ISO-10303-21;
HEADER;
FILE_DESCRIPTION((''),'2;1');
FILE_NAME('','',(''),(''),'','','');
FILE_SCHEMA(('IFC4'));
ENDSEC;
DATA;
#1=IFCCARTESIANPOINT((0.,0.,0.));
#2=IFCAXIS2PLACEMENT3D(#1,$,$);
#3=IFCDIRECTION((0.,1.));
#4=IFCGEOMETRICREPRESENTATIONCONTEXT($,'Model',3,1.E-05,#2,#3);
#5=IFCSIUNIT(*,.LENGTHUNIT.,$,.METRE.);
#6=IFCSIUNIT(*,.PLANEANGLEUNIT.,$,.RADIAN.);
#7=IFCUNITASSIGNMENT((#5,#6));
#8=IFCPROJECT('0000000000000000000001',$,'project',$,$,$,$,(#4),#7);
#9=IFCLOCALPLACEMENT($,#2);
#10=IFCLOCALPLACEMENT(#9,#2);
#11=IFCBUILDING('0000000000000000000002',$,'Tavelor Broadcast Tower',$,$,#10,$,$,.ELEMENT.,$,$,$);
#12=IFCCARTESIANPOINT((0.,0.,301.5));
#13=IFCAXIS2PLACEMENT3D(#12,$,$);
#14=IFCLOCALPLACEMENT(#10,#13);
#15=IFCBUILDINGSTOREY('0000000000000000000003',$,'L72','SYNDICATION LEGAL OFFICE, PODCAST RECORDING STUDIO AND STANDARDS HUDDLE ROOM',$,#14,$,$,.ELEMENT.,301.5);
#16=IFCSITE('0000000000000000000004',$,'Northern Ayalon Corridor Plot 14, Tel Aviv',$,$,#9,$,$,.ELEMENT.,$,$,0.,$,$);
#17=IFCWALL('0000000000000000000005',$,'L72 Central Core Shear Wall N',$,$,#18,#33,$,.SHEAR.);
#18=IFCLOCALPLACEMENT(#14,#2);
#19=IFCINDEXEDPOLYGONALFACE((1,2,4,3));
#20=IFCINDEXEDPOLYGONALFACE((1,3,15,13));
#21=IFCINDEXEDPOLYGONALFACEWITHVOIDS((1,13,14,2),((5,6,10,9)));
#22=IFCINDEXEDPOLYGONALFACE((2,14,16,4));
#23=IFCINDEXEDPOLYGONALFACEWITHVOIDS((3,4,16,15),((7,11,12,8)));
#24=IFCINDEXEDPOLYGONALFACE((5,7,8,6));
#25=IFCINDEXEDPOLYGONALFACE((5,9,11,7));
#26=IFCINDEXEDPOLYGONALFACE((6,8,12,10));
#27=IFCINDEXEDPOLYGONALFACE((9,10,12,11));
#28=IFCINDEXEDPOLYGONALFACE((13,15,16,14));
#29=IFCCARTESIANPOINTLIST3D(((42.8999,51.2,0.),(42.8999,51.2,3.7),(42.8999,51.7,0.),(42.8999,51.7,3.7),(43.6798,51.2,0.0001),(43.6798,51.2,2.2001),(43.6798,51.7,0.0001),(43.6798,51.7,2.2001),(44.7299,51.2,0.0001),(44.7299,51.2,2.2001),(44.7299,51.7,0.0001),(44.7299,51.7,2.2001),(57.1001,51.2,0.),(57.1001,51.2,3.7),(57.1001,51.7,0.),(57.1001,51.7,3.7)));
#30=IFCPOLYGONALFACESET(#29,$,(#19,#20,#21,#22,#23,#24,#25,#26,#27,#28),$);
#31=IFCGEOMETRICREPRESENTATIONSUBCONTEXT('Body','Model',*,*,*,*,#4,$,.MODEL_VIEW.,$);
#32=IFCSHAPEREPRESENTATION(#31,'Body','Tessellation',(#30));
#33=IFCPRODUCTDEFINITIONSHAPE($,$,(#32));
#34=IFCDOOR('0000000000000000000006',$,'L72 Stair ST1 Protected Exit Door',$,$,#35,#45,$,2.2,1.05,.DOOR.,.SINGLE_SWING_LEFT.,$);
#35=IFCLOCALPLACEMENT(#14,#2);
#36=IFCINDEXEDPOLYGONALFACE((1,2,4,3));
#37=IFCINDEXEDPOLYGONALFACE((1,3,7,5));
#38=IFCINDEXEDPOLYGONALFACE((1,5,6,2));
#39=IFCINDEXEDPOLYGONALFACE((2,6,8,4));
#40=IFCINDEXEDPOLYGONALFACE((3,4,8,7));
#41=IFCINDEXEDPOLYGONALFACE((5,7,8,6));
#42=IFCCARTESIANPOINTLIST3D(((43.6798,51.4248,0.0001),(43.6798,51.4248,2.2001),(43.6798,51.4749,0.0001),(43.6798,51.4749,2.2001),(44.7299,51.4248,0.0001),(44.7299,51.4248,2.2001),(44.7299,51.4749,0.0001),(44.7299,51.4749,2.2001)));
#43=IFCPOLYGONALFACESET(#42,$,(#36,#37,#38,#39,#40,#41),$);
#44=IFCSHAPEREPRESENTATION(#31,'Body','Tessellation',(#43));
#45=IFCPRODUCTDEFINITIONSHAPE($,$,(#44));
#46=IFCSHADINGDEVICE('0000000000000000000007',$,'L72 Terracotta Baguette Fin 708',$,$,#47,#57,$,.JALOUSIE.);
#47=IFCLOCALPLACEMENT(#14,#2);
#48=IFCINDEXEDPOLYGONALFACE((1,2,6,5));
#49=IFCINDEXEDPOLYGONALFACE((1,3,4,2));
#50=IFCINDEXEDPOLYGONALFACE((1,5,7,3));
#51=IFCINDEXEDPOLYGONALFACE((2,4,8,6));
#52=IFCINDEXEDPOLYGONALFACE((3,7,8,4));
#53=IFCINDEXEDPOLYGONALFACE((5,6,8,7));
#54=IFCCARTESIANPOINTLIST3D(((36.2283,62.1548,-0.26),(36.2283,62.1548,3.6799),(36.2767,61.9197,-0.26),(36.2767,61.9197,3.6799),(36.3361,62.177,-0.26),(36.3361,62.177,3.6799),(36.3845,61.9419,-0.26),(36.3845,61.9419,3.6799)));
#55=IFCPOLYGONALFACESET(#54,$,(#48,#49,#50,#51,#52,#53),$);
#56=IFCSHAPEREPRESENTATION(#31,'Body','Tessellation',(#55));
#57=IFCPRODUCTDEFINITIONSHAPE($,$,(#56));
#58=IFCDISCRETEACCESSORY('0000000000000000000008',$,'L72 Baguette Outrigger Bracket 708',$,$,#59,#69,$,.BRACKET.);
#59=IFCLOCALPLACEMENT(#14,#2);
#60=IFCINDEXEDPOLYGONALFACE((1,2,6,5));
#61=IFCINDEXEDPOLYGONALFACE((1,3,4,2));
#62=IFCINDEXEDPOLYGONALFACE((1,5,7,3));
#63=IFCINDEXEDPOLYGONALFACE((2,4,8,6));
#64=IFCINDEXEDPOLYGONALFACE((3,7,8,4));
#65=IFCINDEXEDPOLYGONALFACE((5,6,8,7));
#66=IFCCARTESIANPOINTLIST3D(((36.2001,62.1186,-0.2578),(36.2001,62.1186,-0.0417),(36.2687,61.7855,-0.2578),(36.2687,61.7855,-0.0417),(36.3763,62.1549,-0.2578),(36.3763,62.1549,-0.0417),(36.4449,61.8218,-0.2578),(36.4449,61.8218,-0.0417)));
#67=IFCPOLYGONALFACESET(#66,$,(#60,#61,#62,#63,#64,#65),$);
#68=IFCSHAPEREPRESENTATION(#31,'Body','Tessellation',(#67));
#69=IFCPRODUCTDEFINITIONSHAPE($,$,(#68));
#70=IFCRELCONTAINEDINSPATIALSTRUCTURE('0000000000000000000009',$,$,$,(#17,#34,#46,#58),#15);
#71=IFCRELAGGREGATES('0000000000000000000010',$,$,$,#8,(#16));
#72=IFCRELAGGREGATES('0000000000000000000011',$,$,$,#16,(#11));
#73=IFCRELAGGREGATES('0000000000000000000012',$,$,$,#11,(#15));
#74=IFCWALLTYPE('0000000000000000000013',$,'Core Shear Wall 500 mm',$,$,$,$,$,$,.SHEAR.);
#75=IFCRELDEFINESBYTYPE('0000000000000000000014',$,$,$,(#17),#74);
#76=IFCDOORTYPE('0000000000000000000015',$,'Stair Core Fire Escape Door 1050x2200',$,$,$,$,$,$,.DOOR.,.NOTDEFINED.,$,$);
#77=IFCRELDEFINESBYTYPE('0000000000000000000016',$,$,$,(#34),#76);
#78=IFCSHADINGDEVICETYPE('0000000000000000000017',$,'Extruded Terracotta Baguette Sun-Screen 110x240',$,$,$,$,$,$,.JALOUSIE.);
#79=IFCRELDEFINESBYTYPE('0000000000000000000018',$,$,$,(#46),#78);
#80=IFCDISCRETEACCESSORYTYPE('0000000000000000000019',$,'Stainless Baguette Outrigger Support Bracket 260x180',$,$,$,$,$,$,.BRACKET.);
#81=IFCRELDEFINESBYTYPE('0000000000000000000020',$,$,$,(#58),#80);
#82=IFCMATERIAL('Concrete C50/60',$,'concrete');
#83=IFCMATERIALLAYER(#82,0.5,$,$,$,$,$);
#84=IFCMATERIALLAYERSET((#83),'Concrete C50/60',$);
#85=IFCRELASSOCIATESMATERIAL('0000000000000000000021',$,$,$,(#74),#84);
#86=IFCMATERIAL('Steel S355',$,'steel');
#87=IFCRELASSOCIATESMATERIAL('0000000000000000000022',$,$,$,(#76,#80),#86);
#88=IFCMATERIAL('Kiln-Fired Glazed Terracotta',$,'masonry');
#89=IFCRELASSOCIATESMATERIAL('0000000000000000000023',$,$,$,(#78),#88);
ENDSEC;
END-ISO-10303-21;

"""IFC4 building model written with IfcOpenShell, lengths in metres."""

from ifc_helpers import new_model, si_unit, direction, frame, frame_2d, origin, origin_2d, place, context, subcontext, project, spatial, rectangle, extrude, source, transform, mapped, material, layer, layer_set, type_object, type_shapes, element, fill, save


model = new_model("IFC4")

# Units and contexts
model_context = context("Model", 3, precision=1e-05, world=origin(), true_north=direction((0.0, 1.0)))
body_context = subcontext(model_context, "Body", "Model", "MODEL_VIEW")
ifc_project = project(units=[si_unit("LENGTHUNIT", "METRE"), si_unit("PLANEANGLEUNIT", "RADIAN")], contexts=[model_context])

# Site, building, storey
site_placement = place(None, origin())
site = spatial("IfcSite", under=ifc_project, at=site_placement, Name="Northern Ayalon Corridor Plot 14, Tel Aviv", CompositionType="ELEMENT", RefElevation=0.0)
building_placement = place(site_placement, origin())
building = spatial("IfcBuilding", under=site, at=building_placement, Name="Tavelor Broadcast Tower", CompositionType="ELEMENT")
storey_placement = place(building_placement, frame((0.0, 0.0, 301.5)))
storey = spatial("IfcBuildingStorey", under=building, at=storey_placement, Name="L72", Description="SYNDICATION LEGAL OFFICE, PODCAST RECORDING STUDIO AND STANDARDS HUDDLE ROOM", CompositionType="ELEMENT", Elevation=301.5)

# Shared definitions
ifc_material_1 = material(Name="Steel S355", Category="steel")

# Wall, opening, door
ifc_material_2 = material(Name="Concrete C50/60", Category="concrete")
ifc_layer_1 = layer(ifc_material_2, 0.5)
ifc_layer_set_1 = layer_set([ifc_layer_1], Name="Concrete C50/60")
wall_type = type_object("IfcWallType", Name="Core Shear Wall 500 mm", PredefinedType="SHEAR", material=ifc_layer_set_1)
wall_placement = place(storey_placement, frame((42.8999, 51.45, 0.0), z_axis=(0.0, 0.0, 1.0), x_axis=(1.0, 0.0, 0.0)))
wall = element("IfcWall", 1, at=wall_placement, inside=storey, type_object=wall_type, Name="L72 Central Core Shear Wall N", PredefinedType="SHEAR", context=body_context, shape_type="SweptSolid", body=[
    extrude(rectangle(XDim=14.2002, YDim=0.5, at=frame_2d((7.1001, 0.0))), origin(), (0.0, 0.0, 1.0), 3.7),
])
opening_placement = place(wall_placement, frame((0.78, 0.0, 0.0)))
opening = element("IfcOpeningElement", 2, at=opening_placement, cuts=wall, PredefinedType="OPENING", context=body_context, shape_type="SweptSolid", body=[
    extrude(rectangle(XDim=1.05, YDim=2.2, at=frame_2d((0.5249, 1.1001))), frame((0.0, 0.26, 0.0), z_axis=(0.0, -1.0, 0.0), x_axis=(1.0, 0.0, 0.0)), (0.0, 0.0, 1.0), 0.52),
])
door_type = type_object("IfcDoorType", Name="Stair Core Fire Escape Door 1050x2200", OperationType="NOTDEFINED", PredefinedType="DOOR", material=ifc_material_1)
door_placement = place(opening_placement, origin())
door = element("IfcDoor", 3, at=door_placement, inside=storey, type_object=door_type, Name="L72 Stair ST1 Protected Exit Door", OperationType="SINGLE_SWING_LEFT", OverallHeight=2.2, OverallWidth=1.05, PredefinedType="DOOR", context=body_context, shape_type="SweptSolid", body=[
    extrude(rectangle(XDim=1.05, YDim=2.2, at=frame_2d((0.5249, 1.1001))), frame((0.0, 0.0249, 0.0), z_axis=(0.0, -1.0, 0.0), x_axis=(1.0, 0.0, 0.0)), (0.0, 0.0, 1.0), 0.05),
])
fill(opening, door)

# Shading device
ifc_material_3 = material(Name="Kiln-Fired Glazed Terracotta", Category="masonry")
shading_device_type = type_object("IfcShadingDeviceType", Name="Extruded Terracotta Baguette Sun-Screen 110x240", PredefinedType="JALOUSIE", material=ifc_material_3)
shared_shape_1 = source(origin(), body_context, "Body", "SweptSolid", [
    extrude(rectangle(XDim=0.1101, YDim=0.24, at=origin_2d()), origin(), (0.0, 0.0, 1.0), 3.9399),
])
type_shapes(shading_device_type, [shared_shape_1])
shading_device_placement = place(storey_placement, frame((36.3064, 62.0483, -0.26), z_axis=(0.0, 0.0, 1.0), x_axis=(-0.97947, -0.201591, 0.0)))
element("IfcShadingDevice", 4, at=shading_device_placement, inside=storey, type_object=shading_device_type, Name="L72 Terracotta Baguette Fin 708", PredefinedType="JALOUSIE", context=body_context, shape_type="MappedRepresentation", body=[
    mapped(shared_shape_1, transform((0.0, 0.0, 0.0), scale=1.0)),
])

# Discrete accessory
discrete_accessory_type = type_object("IfcDiscreteAccessoryType", Name="Stainless Baguette Outrigger Support Bracket 260x180", PredefinedType="BRACKET", material=ifc_material_1)
shared_shape_2 = source(origin(), body_context, "Body", "SweptSolid", [
    extrude(rectangle(XDim=0.1799, YDim=0.3401, at=origin_2d()), origin(), (0.0, 0.0, 1.0), 0.2161),
])
type_shapes(discrete_accessory_type, [shared_shape_2])
discrete_accessory_placement = place(storey_placement, frame((36.3225, 61.9702, -0.2578), z_axis=(0.0, 0.0, 1.0), x_axis=(-0.97947, -0.201591, 0.0)))
element("IfcDiscreteAccessory", 5, at=discrete_accessory_placement, inside=storey, type_object=discrete_accessory_type, Name="L72 Baguette Outrigger Bracket 708", PredefinedType="BRACKET", context=body_context, shape_type="MappedRepresentation", body=[
    mapped(shared_shape_2, transform((0.0, 0.0, 0.0), scale=1.0)),
])

save(model, "model.ifc")
